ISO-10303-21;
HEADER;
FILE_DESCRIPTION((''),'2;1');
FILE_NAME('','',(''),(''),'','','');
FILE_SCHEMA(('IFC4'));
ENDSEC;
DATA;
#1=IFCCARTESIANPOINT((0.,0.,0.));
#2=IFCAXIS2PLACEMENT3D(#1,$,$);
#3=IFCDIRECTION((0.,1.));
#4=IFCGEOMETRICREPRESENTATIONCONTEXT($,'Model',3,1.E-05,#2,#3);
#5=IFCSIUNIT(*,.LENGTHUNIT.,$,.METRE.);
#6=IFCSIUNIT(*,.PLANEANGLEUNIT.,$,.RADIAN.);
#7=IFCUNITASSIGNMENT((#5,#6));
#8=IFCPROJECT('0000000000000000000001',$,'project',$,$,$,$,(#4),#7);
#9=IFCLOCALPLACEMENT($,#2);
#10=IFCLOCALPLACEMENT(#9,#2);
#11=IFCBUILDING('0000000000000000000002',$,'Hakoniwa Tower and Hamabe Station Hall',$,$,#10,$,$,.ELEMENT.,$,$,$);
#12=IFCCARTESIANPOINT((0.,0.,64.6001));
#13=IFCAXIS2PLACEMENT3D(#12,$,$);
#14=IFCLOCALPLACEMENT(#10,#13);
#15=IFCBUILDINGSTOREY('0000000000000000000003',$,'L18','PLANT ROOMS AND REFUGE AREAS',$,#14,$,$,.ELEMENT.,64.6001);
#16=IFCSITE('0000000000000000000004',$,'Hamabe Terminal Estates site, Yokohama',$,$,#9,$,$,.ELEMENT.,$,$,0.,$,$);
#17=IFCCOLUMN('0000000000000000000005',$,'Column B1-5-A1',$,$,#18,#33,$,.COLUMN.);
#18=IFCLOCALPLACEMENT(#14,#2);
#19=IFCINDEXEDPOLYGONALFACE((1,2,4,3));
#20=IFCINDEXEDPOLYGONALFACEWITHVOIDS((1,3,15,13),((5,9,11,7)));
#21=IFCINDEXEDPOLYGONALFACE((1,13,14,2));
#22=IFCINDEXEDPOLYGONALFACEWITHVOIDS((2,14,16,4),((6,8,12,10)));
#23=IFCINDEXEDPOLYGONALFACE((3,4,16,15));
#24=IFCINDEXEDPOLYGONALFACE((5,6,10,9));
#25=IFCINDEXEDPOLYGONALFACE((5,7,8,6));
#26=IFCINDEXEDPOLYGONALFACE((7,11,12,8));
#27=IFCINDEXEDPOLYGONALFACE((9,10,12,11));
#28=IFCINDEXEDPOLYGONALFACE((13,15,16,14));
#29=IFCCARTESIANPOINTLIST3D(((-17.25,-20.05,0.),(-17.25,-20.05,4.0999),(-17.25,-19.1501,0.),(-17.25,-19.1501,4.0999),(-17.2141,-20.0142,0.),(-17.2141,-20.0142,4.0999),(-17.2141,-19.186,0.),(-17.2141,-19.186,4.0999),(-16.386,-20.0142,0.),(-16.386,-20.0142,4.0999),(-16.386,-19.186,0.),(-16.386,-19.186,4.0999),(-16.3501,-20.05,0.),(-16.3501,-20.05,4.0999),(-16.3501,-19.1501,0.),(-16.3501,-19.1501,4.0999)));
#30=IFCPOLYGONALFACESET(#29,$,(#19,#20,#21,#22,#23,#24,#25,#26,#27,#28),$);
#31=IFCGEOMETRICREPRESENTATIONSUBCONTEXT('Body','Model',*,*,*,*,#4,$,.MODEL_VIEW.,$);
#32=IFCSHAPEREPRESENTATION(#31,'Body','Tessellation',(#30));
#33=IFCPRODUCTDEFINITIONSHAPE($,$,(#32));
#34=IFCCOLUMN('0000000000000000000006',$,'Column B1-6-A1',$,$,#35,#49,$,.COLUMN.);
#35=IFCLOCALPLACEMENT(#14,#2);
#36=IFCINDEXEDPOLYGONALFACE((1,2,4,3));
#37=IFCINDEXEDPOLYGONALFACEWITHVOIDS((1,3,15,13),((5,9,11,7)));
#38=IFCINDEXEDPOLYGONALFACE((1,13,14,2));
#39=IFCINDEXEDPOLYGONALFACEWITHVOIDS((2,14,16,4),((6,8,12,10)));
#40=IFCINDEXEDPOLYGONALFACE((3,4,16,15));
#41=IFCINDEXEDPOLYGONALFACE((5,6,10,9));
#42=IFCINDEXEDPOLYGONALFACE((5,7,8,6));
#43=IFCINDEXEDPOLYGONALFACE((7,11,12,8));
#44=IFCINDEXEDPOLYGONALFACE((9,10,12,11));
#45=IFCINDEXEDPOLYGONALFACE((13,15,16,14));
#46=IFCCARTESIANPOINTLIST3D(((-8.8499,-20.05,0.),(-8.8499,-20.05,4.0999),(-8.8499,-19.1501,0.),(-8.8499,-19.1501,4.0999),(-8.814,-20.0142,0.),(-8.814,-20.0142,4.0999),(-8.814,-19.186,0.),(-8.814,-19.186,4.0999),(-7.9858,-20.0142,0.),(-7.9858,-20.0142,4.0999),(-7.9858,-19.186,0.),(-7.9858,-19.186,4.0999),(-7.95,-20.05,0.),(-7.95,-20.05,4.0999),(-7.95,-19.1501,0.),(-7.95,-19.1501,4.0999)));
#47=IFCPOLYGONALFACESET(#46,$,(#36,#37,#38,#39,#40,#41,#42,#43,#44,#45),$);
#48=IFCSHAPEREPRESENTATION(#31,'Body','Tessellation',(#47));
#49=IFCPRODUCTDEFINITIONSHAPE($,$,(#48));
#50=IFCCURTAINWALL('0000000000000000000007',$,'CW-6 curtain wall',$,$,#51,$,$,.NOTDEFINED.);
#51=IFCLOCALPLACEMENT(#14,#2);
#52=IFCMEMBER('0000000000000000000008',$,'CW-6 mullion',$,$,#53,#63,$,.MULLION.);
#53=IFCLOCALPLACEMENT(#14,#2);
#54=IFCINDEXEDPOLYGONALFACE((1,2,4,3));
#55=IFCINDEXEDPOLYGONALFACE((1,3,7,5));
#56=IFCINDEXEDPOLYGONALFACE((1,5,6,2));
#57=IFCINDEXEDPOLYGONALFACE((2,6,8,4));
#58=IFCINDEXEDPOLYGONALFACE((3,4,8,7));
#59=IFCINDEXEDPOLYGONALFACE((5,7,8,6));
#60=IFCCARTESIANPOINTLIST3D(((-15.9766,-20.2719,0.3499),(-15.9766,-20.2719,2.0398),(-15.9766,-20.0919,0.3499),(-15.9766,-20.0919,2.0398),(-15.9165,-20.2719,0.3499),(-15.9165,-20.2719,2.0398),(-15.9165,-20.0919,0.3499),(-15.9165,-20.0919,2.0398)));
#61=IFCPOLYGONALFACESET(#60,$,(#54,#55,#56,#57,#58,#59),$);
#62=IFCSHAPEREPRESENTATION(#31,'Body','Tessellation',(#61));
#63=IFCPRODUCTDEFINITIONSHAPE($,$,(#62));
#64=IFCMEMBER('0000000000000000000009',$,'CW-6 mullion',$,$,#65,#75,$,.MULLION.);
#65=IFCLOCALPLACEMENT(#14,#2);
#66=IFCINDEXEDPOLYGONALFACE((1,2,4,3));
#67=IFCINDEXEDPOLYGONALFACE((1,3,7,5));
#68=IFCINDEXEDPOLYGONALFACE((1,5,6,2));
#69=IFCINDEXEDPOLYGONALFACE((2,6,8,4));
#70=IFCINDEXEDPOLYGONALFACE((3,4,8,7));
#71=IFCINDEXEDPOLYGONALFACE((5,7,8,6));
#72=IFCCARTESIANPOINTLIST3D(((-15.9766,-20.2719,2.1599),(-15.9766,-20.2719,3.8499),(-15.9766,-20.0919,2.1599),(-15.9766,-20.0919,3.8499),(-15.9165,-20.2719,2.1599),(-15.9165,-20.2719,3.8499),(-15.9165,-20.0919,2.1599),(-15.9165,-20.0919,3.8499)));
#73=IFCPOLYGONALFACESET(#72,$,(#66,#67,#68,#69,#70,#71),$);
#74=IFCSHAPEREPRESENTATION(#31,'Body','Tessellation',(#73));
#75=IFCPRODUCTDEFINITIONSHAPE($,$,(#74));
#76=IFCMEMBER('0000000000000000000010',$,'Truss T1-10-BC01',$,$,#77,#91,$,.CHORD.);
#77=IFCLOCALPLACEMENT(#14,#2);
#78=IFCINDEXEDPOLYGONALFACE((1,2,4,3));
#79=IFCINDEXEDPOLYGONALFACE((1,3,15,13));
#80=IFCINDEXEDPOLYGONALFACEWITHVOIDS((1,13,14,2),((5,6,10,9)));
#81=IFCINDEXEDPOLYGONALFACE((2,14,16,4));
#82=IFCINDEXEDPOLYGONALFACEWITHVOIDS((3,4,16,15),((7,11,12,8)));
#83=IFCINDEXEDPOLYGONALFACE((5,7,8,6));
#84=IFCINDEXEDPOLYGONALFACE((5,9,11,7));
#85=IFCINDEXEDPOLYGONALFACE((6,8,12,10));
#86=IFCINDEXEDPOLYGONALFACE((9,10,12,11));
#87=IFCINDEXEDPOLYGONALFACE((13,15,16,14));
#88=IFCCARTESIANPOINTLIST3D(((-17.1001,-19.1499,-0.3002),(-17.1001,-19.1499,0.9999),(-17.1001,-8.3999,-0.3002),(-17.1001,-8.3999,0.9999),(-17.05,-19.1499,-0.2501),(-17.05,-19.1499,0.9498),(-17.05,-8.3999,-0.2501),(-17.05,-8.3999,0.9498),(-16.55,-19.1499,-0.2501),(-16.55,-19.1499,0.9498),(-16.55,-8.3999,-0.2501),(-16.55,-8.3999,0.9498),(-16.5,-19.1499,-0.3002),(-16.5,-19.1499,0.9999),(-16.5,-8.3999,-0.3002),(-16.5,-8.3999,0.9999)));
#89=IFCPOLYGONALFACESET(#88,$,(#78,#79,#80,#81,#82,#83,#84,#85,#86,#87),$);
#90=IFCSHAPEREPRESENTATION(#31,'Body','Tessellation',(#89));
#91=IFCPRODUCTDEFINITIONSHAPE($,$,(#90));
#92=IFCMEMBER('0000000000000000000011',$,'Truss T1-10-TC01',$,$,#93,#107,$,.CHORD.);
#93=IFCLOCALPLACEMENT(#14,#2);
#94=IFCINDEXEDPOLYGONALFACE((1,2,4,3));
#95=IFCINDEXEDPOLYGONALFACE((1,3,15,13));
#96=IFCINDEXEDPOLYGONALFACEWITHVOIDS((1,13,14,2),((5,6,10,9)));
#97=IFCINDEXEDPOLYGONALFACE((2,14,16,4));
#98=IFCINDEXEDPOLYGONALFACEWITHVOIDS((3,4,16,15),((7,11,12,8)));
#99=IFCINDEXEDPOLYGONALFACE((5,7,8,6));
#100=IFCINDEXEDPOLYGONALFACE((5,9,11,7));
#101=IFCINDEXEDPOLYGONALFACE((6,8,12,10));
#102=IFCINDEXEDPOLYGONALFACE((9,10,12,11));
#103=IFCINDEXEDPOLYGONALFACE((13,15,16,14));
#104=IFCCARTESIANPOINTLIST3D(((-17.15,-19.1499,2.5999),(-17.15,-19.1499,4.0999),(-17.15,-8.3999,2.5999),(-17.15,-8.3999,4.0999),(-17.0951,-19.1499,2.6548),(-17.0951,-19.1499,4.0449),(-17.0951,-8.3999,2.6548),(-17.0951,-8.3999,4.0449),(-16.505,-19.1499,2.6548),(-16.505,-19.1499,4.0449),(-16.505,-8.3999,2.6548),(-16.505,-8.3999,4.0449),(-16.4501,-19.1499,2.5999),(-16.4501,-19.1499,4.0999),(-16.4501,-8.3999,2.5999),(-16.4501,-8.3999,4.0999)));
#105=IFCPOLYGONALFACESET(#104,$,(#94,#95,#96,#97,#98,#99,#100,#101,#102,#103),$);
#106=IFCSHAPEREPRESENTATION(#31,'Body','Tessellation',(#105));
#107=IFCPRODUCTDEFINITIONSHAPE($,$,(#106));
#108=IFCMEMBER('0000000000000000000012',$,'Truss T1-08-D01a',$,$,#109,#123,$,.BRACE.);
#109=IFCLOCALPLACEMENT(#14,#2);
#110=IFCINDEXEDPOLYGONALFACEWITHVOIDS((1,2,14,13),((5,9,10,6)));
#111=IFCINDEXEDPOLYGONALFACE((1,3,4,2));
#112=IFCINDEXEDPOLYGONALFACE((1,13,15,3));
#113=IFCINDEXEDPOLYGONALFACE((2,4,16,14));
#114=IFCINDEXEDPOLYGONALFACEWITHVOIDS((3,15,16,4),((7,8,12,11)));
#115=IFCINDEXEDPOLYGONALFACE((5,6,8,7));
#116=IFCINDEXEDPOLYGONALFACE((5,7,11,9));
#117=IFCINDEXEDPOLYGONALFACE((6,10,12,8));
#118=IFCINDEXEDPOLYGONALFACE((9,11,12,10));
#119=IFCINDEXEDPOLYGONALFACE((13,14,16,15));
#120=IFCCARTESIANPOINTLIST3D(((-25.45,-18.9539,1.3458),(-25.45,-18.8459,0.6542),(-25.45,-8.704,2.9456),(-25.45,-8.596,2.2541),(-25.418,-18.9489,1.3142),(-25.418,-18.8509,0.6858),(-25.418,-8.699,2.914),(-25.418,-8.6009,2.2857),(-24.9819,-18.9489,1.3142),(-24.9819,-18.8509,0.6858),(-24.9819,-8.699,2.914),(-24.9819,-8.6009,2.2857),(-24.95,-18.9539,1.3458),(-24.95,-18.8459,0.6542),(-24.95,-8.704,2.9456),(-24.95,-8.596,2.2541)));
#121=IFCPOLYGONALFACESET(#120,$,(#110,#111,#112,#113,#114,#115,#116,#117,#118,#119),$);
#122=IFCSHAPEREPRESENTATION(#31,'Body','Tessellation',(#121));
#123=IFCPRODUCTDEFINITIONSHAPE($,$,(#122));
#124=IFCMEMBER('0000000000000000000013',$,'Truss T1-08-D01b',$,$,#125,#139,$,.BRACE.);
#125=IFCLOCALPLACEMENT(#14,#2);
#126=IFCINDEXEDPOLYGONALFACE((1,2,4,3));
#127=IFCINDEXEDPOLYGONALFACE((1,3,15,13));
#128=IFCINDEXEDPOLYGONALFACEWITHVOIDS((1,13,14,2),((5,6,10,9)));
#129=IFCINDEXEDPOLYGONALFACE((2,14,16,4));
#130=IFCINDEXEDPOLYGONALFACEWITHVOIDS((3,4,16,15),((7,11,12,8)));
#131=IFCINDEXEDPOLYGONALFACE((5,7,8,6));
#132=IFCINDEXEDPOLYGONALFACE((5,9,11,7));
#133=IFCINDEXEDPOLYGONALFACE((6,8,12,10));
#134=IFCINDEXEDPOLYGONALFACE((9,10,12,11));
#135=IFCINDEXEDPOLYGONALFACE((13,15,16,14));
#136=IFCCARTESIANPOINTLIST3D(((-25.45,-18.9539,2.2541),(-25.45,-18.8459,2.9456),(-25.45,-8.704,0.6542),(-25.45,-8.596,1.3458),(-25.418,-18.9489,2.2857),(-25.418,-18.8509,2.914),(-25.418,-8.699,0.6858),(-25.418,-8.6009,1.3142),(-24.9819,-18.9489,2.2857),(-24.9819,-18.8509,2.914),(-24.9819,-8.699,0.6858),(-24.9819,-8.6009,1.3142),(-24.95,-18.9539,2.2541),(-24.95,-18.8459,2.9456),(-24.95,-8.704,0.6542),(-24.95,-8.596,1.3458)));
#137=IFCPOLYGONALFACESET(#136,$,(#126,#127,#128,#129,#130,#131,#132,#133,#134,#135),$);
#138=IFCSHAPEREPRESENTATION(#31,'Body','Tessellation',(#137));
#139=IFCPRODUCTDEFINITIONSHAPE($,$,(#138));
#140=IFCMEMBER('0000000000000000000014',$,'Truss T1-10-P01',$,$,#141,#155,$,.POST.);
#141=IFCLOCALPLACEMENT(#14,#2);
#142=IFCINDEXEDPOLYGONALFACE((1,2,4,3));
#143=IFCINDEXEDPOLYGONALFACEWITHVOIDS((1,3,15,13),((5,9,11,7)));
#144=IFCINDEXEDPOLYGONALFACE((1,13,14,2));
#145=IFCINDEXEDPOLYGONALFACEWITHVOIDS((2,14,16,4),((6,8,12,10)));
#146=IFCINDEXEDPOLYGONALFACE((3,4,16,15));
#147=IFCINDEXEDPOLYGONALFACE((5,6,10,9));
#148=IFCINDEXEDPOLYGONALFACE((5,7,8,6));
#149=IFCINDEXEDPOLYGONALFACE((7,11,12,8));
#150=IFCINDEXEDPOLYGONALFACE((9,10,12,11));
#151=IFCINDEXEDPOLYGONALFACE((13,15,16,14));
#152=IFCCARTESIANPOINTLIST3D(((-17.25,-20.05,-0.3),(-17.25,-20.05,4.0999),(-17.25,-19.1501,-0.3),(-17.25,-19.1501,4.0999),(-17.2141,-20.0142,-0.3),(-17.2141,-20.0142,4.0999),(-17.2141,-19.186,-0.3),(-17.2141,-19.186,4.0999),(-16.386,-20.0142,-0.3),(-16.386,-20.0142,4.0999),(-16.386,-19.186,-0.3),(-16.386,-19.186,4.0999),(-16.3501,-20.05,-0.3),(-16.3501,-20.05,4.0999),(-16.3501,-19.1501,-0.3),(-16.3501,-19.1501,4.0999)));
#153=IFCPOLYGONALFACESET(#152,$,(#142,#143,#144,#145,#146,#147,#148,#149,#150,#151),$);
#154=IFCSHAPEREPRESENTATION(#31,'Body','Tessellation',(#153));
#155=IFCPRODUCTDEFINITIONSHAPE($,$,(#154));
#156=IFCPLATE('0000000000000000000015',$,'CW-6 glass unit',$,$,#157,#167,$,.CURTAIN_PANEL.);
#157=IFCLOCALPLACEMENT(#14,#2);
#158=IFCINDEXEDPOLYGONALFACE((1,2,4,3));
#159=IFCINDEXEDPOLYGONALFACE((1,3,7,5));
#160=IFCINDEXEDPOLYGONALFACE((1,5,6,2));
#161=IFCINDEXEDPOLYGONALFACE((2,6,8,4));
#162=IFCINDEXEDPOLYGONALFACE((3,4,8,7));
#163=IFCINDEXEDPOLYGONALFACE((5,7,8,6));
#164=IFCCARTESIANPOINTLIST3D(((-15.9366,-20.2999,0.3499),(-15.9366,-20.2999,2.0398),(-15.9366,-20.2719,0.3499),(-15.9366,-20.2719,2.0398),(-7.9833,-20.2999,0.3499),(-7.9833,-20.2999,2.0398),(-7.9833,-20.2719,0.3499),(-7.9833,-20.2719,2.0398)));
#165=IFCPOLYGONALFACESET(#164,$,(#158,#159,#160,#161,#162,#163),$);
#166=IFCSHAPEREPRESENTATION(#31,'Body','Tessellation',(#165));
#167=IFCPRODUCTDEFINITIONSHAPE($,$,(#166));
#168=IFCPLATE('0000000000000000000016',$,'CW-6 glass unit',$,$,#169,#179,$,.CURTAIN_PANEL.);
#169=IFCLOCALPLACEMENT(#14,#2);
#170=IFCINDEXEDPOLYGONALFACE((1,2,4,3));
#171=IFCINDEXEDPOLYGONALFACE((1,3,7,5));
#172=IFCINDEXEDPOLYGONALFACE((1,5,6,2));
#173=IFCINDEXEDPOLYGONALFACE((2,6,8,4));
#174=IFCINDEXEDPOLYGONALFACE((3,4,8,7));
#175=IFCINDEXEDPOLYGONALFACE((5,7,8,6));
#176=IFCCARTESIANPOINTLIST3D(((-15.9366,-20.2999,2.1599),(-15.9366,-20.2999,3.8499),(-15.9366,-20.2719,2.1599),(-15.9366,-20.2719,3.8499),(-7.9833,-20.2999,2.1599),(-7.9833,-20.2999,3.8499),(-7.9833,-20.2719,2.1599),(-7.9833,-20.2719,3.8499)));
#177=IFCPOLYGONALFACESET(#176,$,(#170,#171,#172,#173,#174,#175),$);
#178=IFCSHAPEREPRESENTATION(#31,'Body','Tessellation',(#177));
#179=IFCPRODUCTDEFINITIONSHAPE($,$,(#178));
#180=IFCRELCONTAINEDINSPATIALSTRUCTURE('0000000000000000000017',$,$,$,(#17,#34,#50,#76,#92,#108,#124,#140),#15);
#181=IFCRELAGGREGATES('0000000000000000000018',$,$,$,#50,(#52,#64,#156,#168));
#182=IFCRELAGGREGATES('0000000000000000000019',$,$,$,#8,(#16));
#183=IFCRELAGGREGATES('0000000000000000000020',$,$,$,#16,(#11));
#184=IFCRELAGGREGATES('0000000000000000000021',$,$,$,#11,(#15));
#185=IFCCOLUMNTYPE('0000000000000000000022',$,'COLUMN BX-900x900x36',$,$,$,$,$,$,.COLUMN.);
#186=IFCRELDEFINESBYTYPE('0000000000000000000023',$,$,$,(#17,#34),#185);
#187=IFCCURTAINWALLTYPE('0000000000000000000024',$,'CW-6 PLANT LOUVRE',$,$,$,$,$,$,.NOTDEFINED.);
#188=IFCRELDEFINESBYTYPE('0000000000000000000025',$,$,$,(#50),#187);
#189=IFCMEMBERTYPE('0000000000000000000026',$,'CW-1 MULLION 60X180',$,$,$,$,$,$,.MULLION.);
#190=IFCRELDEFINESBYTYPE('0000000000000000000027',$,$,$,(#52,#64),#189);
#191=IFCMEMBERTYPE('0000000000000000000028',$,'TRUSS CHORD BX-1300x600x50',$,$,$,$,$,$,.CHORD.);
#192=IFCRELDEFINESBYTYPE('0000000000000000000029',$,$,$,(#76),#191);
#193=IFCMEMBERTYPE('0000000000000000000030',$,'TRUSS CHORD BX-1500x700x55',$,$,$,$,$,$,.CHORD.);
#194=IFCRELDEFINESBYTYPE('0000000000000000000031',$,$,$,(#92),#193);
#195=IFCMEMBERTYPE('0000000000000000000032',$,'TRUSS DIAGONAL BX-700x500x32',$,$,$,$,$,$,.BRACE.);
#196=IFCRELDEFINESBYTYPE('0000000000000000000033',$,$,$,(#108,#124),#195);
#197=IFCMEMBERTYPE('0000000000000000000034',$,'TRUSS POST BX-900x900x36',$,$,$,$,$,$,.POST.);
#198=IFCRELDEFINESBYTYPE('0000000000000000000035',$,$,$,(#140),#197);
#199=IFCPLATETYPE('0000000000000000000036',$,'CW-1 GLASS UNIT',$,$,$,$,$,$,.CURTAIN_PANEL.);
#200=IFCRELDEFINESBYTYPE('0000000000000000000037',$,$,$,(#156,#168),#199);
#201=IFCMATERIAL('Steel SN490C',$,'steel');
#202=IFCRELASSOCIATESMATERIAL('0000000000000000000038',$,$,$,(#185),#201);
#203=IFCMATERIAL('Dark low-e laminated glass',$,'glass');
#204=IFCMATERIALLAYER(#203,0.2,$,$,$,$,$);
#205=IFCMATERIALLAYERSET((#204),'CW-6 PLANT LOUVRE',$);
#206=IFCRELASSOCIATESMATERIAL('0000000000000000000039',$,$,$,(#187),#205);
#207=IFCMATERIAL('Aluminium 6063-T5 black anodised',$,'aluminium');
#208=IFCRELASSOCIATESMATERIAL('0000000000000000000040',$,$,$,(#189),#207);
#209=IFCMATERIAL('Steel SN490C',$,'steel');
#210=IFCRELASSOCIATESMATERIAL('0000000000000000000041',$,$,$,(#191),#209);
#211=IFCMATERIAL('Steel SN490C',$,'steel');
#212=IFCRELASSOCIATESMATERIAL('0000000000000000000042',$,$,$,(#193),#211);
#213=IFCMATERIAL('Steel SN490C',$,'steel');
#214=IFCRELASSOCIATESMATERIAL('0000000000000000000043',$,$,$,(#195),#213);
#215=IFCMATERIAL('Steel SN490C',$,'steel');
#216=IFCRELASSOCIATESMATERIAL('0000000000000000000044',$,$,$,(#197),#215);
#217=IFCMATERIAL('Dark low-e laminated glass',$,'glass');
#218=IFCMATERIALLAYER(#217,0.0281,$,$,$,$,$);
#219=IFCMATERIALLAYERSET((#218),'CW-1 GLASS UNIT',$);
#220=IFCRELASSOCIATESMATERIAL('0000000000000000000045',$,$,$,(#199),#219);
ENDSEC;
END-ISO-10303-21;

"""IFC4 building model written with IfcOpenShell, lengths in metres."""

from ifc_helpers import new_model, si_unit, direction, frame, origin, origin_2d, place, context, subcontext, project, spatial, rectangle, hollow_rectangle, extrude, material, layer, layer_set, material_profile, profile_set, type_object, element, aggregate, save


model = new_model("IFC4")

# Units and contexts
model_context = context("Model", 3, precision=1e-05, world=origin(), true_north=direction((0.0, 1.0)))
body_context = subcontext(model_context, "Body", "Model", "MODEL_VIEW")
ifc_project = project(units=[si_unit("LENGTHUNIT", "METRE"), si_unit("PLANEANGLEUNIT", "RADIAN")], contexts=[model_context])

# Site, building, storey
site_placement = place(None, origin())
site = spatial("IfcSite", under=ifc_project, at=site_placement, Name="Hamabe Terminal Estates site, Yokohama", CompositionType="ELEMENT", RefElevation=0.0)
building_placement = place(site_placement, origin())
building = spatial("IfcBuilding", under=site, at=building_placement, Name="Hakoniwa Tower and Hamabe Station Hall", CompositionType="ELEMENT")
storey_placement = place(building_placement, frame((0.0, 0.0, 64.6001)))
storey = spatial("IfcBuildingStorey", under=building, at=storey_placement, Name="L18", Description="PLANT ROOMS AND REFUGE AREAS", CompositionType="ELEMENT", Elevation=64.6001)

# Columns
ifc_material_1 = material(Name="Steel SN490C", Category="steel")
ifc_material_profile_1 = material_profile(ifc_material_1, hollow_rectangle(XDim=0.8999, YDim=0.8999, WallThickness=0.0359, at=origin_2d()), Name="BX-900x900x36")
ifc_profile_set_1 = profile_set([ifc_material_profile_1], Name="Steel SN490C")
column_type = type_object("IfcColumnType", Name="COLUMN BX-900x900x36", PredefinedType="COLUMN", material=ifc_profile_set_1)
for number, where, z_axis, x_axis, name in (
    (1, (-16.8, -19.6001, 0.0), (0.0, 0.0, 1.0), (1.0, 0.0, 0.0), "Column B1-5-A1"),
    (2, (-8.3999, -19.6001, 0.0), (0.0, 0.0, 1.0), (1.0, 0.0, 0.0), "Column B1-6-A1"),
):
    element("IfcColumn", number, at=place(storey_placement, frame(where, z_axis=z_axis, x_axis=x_axis)), inside=storey, type_object=column_type, Name=name, PredefinedType="COLUMN", context=body_context, shape_type="SweptSolid", body=[
        extrude(hollow_rectangle(XDim=0.8999, YDim=0.8999, WallThickness=0.0359, at=origin_2d()), origin(), (0.0, 0.0, 1.0), 4.0999),
    ])

# Curtain wall, members
ifc_material_2 = material(Name="Dark low-e laminated glass", Category="glass")
ifc_layer_1 = layer(ifc_material_2, 0.2)
ifc_layer_set_1 = layer_set([ifc_layer_1], Name="CW-6 PLANT LOUVRE")
curtain_wall_type = type_object("IfcCurtainWallType", Name="CW-6 PLANT LOUVRE", PredefinedType="NOTDEFINED", material=ifc_layer_set_1)
curtain_wall_placement = place(storey_placement, origin())
curtain_wall = element("IfcCurtainWall", 3, at=curtain_wall_placement, inside=storey, type_object=curtain_wall_type, Name="CW-6 curtain wall", PredefinedType="NOTDEFINED")
ifc_material_3 = material(Name="Aluminium 6063-T5 black anodised", Category="aluminium")
ifc_material_profile_2 = material_profile(ifc_material_3, rectangle(XDim=0.0601, YDim=0.1799, at=origin_2d()), Name="CW-1 MULLION 60X180")
ifc_profile_set_2 = profile_set([ifc_material_profile_2], Name="Aluminium 6063-T5 black anodised")
member_type_1 = type_object("IfcMemberType", Name="CW-1 MULLION 60X180", PredefinedType="MULLION", material=ifc_profile_set_2)
member_1_placement = place(storey_placement, frame((-15.9465, -20.1819, 0.3499), z_axis=(0.0, 0.0, 1.0), x_axis=(1.0, 0.0, 0.0)))
member_1 = element("IfcMember", 4, at=member_1_placement, type_object=member_type_1, Name="CW-6 mullion", PredefinedType="MULLION", context=body_context, shape_type="SweptSolid", body=[
    extrude(rectangle(XDim=0.0601, YDim=0.1799, at=origin_2d()), origin(), (0.0, 0.0, 1.0), 1.6899),
])
member_2_placement = place(storey_placement, frame((-15.9465, -20.1819, 2.1599), z_axis=(0.0, 0.0, 1.0), x_axis=(1.0, 0.0, 0.0)))
member_2 = element("IfcMember", 5, at=member_2_placement, type_object=member_type_1, Name="CW-6 mullion", PredefinedType="MULLION", context=body_context, shape_type="SweptSolid", body=[
    extrude(rectangle(XDim=0.0601, YDim=0.1799, at=origin_2d()), origin(), (0.0, 0.0, 1.0), 1.6899),
])

# Members
ifc_material_4 = material(Name="Steel SN490C", Category="steel")
ifc_material_profile_3 = material_profile(ifc_material_4, hollow_rectangle(XDim=0.6001, YDim=1.3, WallThickness=0.05, at=origin_2d()), Name="BX-1300x600x50")
ifc_profile_set_3 = profile_set([ifc_material_profile_3], Name="Steel SN490C")
member_type_2 = type_object("IfcMemberType", Name="TRUSS CHORD BX-1300x600x50", PredefinedType="CHORD", material=ifc_profile_set_3)
member_3_placement = place(storey_placement, frame((-16.8, -19.1499, 0.3499), z_axis=(0.0, 1.0, 0.0), x_axis=(-1.0, 0.0, 0.0)))
element("IfcMember", 6, at=member_3_placement, inside=storey, type_object=member_type_2, Name="Truss T1-10-BC01", PredefinedType="CHORD", context=body_context, shape_type="SweptSolid", body=[
    extrude(hollow_rectangle(XDim=0.6001, YDim=1.3, WallThickness=0.05, at=origin_2d()), origin(), (0.0, 0.0, 1.0), 10.75),
])
ifc_material_5 = material(Name="Steel SN490C", Category="steel")
ifc_material_profile_4 = material_profile(ifc_material_5, hollow_rectangle(XDim=0.7, YDim=1.5, WallThickness=0.0549, at=origin_2d()), Name="BX-1500x700x55")
ifc_profile_set_4 = profile_set([ifc_material_profile_4], Name="Steel SN490C")
member_type_3 = type_object("IfcMemberType", Name="TRUSS CHORD BX-1500x700x55", PredefinedType="CHORD", material=ifc_profile_set_4)
member_4_placement = place(storey_placement, frame((-16.8, -19.1499, 3.3499), z_axis=(0.0, 1.0, 0.0), x_axis=(-1.0, 0.0, 0.0)))
element("IfcMember", 7, at=member_4_placement, inside=storey, type_object=member_type_3, Name="Truss T1-10-TC01", PredefinedType="CHORD", context=body_context, shape_type="SweptSolid", body=[
    extrude(hollow_rectangle(XDim=0.7, YDim=1.5, WallThickness=0.0549, at=origin_2d()), origin(), (0.0, 0.0, 1.0), 10.75),
])
ifc_material_6 = material(Name="Steel SN490C", Category="steel")
ifc_material_profile_5 = material_profile(ifc_material_6, hollow_rectangle(XDim=0.5, YDim=0.7, WallThickness=0.032, at=origin_2d()), Name="BX-700x500x32")
ifc_profile_set_5 = profile_set([ifc_material_profile_5], Name="Steel SN490C")
member_type_4 = type_object("IfcMemberType", Name="TRUSS DIAGONAL BX-700x500x32", PredefinedType="BRACE", material=ifc_profile_set_5)
for number, where, z_axis, x_axis, name in (
    (8, (-25.2, -18.8999, 1.0), (0.0, 0.988037, 0.154216), (-1.0, 0.0, 0.0), "Truss T1-08-D01a"),
    (9, (-25.2, -18.8999, 2.5999), (0.0, 0.988037, -0.154216), (-1.0, 0.0, 0.0), "Truss T1-08-D01b"),
):
    element("IfcMember", number, at=place(storey_placement, frame(where, z_axis=z_axis, x_axis=x_axis)), inside=storey, type_object=member_type_4, Name=name, PredefinedType="BRACE", context=body_context, shape_type="SweptSolid", body=[
        extrude(hollow_rectangle(XDim=0.5, YDim=0.7, WallThickness=0.032, at=origin_2d()), origin(), (0.0, 0.0, 1.0), 10.374),
    ])
ifc_material_7 = material(Name="Steel SN490C", Category="steel")
ifc_material_profile_6 = material_profile(ifc_material_7, hollow_rectangle(XDim=0.8999, YDim=0.8999, WallThickness=0.0359, at=origin_2d()), Name="BX-900x900x36")
ifc_profile_set_6 = profile_set([ifc_material_profile_6], Name="Steel SN490C")
member_type_5 = type_object("IfcMemberType", Name="TRUSS POST BX-900x900x36", PredefinedType="POST", material=ifc_profile_set_6)
member_5_placement = place(storey_placement, frame((-16.8, -19.6001, -0.3), z_axis=(0.0, 0.0, 1.0), x_axis=(1.0, 0.0, 0.0)))
element("IfcMember", 10, at=member_5_placement, inside=storey, type_object=member_type_5, Name="Truss T1-10-P01", PredefinedType="POST", context=body_context, shape_type="SweptSolid", body=[
    extrude(hollow_rectangle(XDim=0.8999, YDim=0.8999, WallThickness=0.0359, at=origin_2d()), origin(), (0.0, 0.0, 1.0), 4.3999),
])

# Plates
ifc_material_8 = material(Name="Dark low-e laminated glass", Category="glass")
ifc_layer_2 = layer(ifc_material_8, 0.0281)
ifc_layer_set_2 = layer_set([ifc_layer_2], Name="CW-1 GLASS UNIT")
plate_type = type_object("IfcPlateType", Name="CW-1 GLASS UNIT", PredefinedType="CURTAIN_PANEL", material=ifc_layer_set_2)
plate_1_placement = place(storey_placement, frame((-11.96, -20.2859, 0.3499), z_axis=(0.0, 0.0, 1.0), x_axis=(1.0, 0.0, 0.0)))
plate_1 = element("IfcPlate", 11, at=plate_1_placement, type_object=plate_type, Name="CW-6 glass unit", PredefinedType="CURTAIN_PANEL", context=body_context, shape_type="SweptSolid", body=[
    extrude(rectangle(XDim=7.9534, YDim=0.0281, at=origin_2d()), origin(), (0.0, 0.0, 1.0), 1.6899),
])
plate_2_placement = place(storey_placement, frame((-11.96, -20.2859, 2.1599), z_axis=(0.0, 0.0, 1.0), x_axis=(1.0, 0.0, 0.0)))
plate_2 = element("IfcPlate", 12, at=plate_2_placement, type_object=plate_type, Name="CW-6 glass unit", PredefinedType="CURTAIN_PANEL", context=body_context, shape_type="SweptSolid", body=[
    extrude(rectangle(XDim=7.9534, YDim=0.0281, at=origin_2d()), origin(), (0.0, 0.0, 1.0), 1.6899),
])

aggregate(curtain_wall, [member_1, member_2, plate_1, plate_2])

save(model, "model.ifc")
